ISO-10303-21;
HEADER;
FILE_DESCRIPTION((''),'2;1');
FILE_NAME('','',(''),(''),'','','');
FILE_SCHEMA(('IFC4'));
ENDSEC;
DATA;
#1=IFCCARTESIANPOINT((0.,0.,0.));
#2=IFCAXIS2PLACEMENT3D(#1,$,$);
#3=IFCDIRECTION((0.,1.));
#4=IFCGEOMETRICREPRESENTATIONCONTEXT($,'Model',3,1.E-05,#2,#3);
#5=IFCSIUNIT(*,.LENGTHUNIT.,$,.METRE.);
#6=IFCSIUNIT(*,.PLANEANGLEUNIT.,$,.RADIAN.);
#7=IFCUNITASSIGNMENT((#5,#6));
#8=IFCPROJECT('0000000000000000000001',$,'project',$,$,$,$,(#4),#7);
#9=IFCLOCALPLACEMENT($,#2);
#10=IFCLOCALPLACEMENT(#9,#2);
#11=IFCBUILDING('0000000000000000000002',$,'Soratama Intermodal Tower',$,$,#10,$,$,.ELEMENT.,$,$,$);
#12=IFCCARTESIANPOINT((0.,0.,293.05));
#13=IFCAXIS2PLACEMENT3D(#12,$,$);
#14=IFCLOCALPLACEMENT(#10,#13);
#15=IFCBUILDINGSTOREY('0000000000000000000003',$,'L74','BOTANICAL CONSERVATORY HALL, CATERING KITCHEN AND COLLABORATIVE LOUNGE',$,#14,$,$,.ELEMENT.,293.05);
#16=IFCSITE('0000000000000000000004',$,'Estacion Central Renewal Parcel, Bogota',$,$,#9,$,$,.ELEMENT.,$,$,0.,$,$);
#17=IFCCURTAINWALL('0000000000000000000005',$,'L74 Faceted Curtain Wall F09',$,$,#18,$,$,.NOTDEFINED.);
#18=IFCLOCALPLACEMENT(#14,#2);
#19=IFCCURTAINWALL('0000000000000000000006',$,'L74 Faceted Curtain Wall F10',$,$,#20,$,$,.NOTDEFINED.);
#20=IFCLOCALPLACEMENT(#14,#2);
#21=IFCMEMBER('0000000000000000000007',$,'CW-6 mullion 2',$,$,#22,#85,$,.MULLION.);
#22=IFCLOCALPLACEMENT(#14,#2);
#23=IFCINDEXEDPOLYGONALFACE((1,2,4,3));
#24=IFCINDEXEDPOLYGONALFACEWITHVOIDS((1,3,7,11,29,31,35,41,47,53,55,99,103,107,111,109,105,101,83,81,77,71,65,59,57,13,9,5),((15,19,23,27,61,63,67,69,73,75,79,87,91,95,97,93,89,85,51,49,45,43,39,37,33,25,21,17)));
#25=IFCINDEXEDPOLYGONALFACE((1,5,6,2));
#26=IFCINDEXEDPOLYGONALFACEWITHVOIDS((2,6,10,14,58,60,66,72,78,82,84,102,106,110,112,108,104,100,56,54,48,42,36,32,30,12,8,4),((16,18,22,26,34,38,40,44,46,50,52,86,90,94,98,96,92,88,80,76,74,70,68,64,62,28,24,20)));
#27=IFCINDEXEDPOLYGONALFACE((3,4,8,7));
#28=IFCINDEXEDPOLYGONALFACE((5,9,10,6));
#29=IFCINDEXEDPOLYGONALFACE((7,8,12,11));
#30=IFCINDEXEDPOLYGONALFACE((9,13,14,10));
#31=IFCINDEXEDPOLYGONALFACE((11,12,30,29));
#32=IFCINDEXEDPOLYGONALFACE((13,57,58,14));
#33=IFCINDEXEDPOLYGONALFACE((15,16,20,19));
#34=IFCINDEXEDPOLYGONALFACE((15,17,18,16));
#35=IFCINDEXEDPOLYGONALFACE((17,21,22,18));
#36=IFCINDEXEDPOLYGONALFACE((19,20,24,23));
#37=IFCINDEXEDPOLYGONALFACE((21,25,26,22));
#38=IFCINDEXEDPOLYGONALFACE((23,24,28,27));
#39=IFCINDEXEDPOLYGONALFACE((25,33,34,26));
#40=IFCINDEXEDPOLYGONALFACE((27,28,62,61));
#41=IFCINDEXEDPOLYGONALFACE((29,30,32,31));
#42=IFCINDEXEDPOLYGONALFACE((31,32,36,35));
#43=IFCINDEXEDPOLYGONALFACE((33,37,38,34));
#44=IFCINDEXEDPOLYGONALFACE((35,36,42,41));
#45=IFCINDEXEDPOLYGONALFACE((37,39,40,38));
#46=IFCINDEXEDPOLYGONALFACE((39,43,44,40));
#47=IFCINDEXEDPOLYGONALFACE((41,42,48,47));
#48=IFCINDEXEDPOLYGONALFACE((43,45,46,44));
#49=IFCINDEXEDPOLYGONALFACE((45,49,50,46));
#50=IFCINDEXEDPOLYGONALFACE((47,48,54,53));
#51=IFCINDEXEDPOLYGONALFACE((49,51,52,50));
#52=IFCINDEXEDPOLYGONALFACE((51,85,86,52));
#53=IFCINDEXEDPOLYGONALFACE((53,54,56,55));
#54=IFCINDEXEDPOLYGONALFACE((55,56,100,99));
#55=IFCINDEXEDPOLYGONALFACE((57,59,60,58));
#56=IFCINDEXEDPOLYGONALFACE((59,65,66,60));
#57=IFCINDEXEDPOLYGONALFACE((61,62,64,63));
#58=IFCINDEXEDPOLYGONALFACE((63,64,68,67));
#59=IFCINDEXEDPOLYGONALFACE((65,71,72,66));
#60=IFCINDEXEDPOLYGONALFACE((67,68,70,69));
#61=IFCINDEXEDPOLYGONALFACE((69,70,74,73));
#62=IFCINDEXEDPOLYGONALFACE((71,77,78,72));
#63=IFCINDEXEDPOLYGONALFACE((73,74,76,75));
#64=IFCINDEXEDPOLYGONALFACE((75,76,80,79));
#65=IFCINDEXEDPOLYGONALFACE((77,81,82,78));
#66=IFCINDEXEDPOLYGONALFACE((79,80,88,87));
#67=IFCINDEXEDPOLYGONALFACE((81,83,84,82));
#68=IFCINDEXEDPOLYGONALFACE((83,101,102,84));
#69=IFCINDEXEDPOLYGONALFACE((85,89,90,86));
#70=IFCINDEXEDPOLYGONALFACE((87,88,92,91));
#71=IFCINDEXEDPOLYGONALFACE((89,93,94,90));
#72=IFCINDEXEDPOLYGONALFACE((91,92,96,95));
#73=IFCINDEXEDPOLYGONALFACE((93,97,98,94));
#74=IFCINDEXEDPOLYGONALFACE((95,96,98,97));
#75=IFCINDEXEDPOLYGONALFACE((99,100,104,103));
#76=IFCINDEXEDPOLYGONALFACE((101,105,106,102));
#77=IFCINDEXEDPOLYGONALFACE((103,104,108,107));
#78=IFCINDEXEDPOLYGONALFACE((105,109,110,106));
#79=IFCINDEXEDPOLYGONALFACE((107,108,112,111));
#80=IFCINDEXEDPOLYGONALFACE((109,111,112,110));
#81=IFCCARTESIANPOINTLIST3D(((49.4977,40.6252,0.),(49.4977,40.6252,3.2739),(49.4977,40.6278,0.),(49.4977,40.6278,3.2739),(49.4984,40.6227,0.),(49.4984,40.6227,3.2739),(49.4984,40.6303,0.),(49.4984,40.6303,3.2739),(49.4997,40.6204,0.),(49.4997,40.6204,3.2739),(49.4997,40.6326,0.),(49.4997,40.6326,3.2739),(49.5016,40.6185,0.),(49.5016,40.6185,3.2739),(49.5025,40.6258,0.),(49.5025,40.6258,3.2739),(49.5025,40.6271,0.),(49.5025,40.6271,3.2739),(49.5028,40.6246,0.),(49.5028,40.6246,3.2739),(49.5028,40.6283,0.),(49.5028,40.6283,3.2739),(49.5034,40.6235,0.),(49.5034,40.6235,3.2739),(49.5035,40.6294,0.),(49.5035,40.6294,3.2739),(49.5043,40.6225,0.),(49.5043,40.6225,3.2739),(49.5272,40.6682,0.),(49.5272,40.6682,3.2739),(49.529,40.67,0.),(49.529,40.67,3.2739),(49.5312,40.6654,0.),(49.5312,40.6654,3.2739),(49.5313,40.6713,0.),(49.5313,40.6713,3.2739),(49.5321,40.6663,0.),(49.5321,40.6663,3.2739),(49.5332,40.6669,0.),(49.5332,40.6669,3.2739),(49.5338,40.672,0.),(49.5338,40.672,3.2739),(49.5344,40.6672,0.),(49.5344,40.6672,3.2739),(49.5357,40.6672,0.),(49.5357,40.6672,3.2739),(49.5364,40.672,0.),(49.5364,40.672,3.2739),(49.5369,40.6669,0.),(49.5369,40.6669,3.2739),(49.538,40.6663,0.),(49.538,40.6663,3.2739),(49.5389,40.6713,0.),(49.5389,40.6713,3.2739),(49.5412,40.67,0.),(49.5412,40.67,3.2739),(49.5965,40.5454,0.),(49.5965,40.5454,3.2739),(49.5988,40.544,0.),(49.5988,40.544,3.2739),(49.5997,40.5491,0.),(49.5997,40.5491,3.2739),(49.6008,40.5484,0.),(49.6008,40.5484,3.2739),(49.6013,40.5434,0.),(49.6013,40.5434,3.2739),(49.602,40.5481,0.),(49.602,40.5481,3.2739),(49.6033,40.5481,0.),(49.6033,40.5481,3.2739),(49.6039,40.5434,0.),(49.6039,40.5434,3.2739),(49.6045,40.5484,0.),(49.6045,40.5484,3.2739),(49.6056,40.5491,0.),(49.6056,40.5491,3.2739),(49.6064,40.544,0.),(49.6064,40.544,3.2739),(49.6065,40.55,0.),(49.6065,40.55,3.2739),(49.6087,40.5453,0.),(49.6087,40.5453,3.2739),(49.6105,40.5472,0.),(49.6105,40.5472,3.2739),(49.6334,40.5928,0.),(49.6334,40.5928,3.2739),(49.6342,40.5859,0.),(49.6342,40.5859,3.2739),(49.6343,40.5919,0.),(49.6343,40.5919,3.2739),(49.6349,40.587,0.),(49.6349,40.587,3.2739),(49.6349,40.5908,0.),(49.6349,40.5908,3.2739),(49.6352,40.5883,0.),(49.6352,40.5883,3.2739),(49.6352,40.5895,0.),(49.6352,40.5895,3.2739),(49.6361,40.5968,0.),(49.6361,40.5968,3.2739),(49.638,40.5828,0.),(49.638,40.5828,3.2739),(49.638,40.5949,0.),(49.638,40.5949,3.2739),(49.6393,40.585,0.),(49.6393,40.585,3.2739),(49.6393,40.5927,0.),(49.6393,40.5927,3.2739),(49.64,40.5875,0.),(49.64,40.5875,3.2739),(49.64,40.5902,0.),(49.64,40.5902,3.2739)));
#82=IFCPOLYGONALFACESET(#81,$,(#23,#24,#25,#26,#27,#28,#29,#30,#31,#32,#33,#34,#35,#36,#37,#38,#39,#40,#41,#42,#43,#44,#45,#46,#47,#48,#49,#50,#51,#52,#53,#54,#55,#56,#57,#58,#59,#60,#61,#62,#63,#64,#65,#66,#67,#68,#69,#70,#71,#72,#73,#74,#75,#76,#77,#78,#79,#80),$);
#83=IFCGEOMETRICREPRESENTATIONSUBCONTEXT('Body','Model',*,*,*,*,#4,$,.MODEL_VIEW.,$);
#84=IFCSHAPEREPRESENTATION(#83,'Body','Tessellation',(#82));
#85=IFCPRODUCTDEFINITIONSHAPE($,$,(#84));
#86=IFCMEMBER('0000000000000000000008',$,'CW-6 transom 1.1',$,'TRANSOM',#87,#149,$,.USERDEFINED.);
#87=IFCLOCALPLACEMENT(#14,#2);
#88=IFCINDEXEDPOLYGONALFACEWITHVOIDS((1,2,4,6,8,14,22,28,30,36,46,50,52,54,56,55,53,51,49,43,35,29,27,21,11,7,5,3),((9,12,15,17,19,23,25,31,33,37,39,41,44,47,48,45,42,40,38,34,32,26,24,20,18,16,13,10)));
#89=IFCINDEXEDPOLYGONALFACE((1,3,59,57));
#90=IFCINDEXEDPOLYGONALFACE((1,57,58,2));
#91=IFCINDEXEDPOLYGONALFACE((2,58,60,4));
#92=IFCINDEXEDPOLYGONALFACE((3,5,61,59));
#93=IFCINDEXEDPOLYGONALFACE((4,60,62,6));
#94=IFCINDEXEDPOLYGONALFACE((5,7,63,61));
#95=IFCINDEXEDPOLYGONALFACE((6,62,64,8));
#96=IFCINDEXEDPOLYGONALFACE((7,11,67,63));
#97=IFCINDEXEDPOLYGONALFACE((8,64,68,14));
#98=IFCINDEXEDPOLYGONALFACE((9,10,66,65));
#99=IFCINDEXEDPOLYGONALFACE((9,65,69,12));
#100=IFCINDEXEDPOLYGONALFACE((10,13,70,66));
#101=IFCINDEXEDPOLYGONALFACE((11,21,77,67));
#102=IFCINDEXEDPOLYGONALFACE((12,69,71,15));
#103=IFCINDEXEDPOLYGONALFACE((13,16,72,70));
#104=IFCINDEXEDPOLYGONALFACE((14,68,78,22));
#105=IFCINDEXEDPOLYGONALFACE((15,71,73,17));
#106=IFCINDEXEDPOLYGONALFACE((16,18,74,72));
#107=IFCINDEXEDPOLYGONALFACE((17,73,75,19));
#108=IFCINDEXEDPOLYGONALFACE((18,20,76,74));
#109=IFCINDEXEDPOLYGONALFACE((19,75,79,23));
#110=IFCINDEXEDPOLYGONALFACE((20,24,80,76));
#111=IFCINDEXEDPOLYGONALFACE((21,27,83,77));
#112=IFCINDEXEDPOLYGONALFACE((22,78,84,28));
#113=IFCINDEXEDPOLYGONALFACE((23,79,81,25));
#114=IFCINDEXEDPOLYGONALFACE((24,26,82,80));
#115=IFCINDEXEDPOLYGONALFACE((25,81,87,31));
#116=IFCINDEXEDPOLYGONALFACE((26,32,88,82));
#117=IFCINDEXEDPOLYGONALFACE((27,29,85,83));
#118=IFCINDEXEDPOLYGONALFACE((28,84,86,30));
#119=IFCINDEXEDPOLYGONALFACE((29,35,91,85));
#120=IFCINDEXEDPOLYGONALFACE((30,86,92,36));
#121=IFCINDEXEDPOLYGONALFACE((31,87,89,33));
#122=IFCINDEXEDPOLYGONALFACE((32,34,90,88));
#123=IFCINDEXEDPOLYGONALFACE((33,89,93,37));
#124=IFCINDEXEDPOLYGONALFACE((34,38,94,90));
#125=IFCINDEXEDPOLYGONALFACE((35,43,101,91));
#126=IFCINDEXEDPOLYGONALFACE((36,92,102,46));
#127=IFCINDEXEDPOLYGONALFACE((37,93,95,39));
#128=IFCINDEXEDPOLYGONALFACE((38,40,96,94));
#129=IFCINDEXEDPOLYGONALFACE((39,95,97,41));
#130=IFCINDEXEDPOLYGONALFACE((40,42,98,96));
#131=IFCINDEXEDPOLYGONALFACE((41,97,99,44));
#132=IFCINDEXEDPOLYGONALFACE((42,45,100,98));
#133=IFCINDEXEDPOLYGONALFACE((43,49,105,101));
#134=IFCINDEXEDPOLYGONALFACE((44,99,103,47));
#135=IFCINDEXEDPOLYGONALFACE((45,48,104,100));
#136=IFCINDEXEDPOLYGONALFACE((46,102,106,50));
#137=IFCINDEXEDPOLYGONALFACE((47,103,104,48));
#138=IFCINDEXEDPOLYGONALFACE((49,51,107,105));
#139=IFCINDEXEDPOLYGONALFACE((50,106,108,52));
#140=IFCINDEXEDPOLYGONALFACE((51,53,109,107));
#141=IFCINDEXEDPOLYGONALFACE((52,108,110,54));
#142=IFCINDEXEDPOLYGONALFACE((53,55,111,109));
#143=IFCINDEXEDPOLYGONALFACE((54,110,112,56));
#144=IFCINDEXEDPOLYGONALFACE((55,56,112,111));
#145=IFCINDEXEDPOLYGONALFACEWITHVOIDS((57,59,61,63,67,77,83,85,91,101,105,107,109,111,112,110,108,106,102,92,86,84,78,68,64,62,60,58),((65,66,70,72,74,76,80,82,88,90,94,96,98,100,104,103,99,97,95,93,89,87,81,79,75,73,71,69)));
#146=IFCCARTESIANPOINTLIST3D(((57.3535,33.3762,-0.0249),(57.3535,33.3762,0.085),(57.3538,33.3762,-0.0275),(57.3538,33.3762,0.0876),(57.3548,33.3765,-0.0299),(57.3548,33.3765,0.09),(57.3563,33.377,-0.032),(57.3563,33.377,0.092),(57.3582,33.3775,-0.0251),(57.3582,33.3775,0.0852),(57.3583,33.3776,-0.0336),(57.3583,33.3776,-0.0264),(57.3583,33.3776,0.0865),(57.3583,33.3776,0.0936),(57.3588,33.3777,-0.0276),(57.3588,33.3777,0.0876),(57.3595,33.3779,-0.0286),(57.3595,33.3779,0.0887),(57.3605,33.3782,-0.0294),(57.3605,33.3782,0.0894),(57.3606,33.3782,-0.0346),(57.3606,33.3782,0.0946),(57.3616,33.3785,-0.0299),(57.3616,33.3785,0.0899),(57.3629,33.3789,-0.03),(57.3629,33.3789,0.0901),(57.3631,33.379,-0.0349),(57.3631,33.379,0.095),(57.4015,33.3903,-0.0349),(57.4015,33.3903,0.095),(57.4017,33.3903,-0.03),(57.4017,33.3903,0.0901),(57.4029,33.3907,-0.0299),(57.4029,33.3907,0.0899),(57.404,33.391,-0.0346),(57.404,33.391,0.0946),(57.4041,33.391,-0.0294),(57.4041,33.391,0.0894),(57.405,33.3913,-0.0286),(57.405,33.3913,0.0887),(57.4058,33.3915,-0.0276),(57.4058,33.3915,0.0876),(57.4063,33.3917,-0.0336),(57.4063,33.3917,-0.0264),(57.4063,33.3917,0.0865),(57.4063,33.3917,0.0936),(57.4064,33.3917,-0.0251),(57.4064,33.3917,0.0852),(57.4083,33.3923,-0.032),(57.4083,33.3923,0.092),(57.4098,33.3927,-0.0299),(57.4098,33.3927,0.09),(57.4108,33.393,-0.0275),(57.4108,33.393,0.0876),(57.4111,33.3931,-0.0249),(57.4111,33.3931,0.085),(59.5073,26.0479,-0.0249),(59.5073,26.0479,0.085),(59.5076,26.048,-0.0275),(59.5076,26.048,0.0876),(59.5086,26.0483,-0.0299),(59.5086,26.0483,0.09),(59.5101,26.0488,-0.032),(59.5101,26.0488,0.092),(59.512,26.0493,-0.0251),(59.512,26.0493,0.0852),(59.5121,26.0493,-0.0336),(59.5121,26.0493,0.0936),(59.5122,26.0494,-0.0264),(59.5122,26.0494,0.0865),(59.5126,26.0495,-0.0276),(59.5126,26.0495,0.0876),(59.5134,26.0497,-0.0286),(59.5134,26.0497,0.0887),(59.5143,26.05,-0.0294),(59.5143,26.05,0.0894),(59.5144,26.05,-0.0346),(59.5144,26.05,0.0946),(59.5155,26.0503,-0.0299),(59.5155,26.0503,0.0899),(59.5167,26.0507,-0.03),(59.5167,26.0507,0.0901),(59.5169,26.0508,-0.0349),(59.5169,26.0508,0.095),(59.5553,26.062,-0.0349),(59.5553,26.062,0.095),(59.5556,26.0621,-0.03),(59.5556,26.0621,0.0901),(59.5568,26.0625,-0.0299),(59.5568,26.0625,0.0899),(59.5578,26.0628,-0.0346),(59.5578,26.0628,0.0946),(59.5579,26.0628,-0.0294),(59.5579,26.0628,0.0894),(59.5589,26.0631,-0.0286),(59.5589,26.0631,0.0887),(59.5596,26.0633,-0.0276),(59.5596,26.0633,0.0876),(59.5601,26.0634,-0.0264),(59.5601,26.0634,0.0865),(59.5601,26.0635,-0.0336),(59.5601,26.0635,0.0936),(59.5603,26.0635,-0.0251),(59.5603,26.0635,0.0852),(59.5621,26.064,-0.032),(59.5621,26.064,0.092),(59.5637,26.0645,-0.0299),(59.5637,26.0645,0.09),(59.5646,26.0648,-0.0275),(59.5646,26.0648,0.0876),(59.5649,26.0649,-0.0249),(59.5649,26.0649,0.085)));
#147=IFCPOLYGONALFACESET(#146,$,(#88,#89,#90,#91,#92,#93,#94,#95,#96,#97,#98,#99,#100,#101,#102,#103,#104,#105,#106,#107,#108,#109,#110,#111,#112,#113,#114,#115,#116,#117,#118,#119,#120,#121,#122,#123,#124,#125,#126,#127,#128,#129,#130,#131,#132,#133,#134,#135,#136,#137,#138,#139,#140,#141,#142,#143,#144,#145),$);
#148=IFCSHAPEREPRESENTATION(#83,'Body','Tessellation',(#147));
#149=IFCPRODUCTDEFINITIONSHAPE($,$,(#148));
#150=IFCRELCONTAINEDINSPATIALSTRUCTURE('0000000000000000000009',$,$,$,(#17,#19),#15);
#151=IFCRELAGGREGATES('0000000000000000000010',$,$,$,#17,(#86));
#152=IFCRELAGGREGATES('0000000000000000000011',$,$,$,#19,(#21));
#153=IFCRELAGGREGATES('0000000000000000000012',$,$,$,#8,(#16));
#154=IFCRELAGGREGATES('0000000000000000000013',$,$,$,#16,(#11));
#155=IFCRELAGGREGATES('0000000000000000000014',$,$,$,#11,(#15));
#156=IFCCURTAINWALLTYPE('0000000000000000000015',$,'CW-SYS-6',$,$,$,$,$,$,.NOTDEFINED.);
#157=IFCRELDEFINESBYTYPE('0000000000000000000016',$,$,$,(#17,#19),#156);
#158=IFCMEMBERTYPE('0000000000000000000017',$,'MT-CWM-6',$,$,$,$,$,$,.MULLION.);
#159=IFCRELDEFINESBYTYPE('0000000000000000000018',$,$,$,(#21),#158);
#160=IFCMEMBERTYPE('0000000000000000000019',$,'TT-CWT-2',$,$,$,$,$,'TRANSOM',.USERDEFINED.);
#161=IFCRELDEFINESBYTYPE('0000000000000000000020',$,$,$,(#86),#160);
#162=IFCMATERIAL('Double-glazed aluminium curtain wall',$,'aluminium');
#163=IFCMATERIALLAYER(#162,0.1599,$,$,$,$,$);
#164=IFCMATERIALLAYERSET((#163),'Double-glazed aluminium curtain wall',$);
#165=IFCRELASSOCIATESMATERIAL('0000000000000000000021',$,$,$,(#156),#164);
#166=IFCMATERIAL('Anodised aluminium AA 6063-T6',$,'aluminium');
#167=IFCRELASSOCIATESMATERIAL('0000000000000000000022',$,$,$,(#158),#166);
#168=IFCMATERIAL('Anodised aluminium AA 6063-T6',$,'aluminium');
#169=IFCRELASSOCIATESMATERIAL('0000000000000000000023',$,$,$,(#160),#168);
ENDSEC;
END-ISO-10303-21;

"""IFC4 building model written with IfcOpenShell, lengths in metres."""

from ifc_helpers import new_model, si_unit, direction, frame, origin, origin_2d, place, context, subcontext, project, spatial, hollow_rectangle, extrude, material, layer, layer_set, material_profile, profile_set, type_object, element, aggregate, save


model = new_model("IFC4")

# Units and contexts
model_context = context("Model", 3, precision=1e-05, world=origin(), true_north=direction((0.0, 1.0)))
body_context = subcontext(model_context, "Body", "Model", "MODEL_VIEW")
ifc_project = project(units=[si_unit("LENGTHUNIT", "METRE"), si_unit("PLANEANGLEUNIT", "RADIAN")], contexts=[model_context])

# Site, building, storey
site_placement = place(None, origin())
site = spatial("IfcSite", under=ifc_project, at=site_placement, Name="Estacion Central Renewal Parcel, Bogota", CompositionType="ELEMENT", RefElevation=0.0)
building_placement = place(site_placement, origin())
building = spatial("IfcBuilding", under=site, at=building_placement, Name="Soratama Intermodal Tower", CompositionType="ELEMENT")
storey_placement = place(building_placement, frame((0.0, 0.0, 293.05)))
storey = spatial("IfcBuildingStorey", under=building, at=storey_placement, Name="L74", Description="BOTANICAL CONSERVATORY HALL, CATERING KITCHEN AND COLLABORATIVE LOUNGE", CompositionType="ELEMENT", Elevation=293.05)

# Shared definitions
ifc_material_1 = material(Name="Double-glazed aluminium curtain wall", Category="aluminium")
ifc_layer_1 = layer(ifc_material_1, 0.1599)
ifc_layer_set_1 = layer_set([ifc_layer_1], Name="Double-glazed aluminium curtain wall")
curtain_wall_type = type_object("IfcCurtainWallType", Name="CW-SYS-6", PredefinedType="NOTDEFINED", material=ifc_layer_set_1)
ifc_material_2 = material(Name="Anodised aluminium AA 6063-T6", Category="aluminium")
ifc_material_profile_1 = material_profile(ifc_material_2, hollow_rectangle(XDim=0.0649, YDim=0.1399, WallThickness=0.0049, InnerFilletRadius=0.0049, OuterFilletRadius=0.01, at=origin_2d()), Name="CWM140X65X5")
ifc_profile_set_1 = profile_set([ifc_material_profile_1], Name="Anodised aluminium AA 6063-T6")
member_type_1 = type_object("IfcMemberType", Name="MT-CWM-6", PredefinedType="MULLION", material=ifc_profile_set_1)

# Curtain walls, member
curtain_wall_1_placement = place(storey_placement, origin())
curtain_wall_1 = element("IfcCurtainWall", 1, at=curtain_wall_1_placement, inside=storey, type_object=curtain_wall_type, Name="L74 Faceted Curtain Wall F09", PredefinedType="NOTDEFINED")
curtain_wall_2_placement = place(storey_placement, origin())
curtain_wall_2 = element("IfcCurtainWall", 2, at=curtain_wall_2_placement, inside=storey, type_object=curtain_wall_type, Name="L74 Faceted Curtain Wall F10", PredefinedType="NOTDEFINED")
member_1_placement = place(storey_placement, frame((49.5688, 40.6077, 0.0), z_axis=(0.0, 0.0, 1.0), x_axis=(-0.610421, -0.792077, 0.0)))
member_1 = element("IfcMember", 3, at=member_1_placement, type_object=member_type_1, Name="CW-6 mullion 2", PredefinedType="MULLION", context=body_context, shape_type="SweptSolid", body=[
    extrude(hollow_rectangle(XDim=0.0649, YDim=0.1399, WallThickness=0.0049, InnerFilletRadius=0.0049, OuterFilletRadius=0.01, at=origin_2d()), origin(), (0.0, 0.0, 1.0), 3.2739),
])

# Member
ifc_material_3 = material(Name="Anodised aluminium AA 6063-T6", Category="aluminium")
ifc_material_profile_2 = material_profile(ifc_material_3, hollow_rectangle(XDim=0.0601, YDim=0.1299, WallThickness=0.0049, InnerFilletRadius=0.0049, OuterFilletRadius=0.01, at=origin_2d()), Name="CWT130X60X5")
ifc_profile_set_2 = profile_set([ifc_material_profile_2], Name="Anodised aluminium AA 6063-T6")
member_type_2 = type_object("IfcMemberType", Name="TT-CWT-2", ElementType="TRANSOM", PredefinedType="USERDEFINED", material=ifc_profile_set_2)
member_2_placement = place(storey_placement, frame((59.5361, 26.0564, 0.03), z_axis=(-0.281983, 0.959419, 0.0), x_axis=(-0.959419, -0.281983, 0.0)))
member_2 = element("IfcMember", 4, at=member_2_placement, type_object=member_type_2, Name="CW-6 transom 1.1", ObjectType="TRANSOM", PredefinedType="USERDEFINED", context=body_context, shape_type="SweptSolid", body=[
    extrude(hollow_rectangle(XDim=0.0601, YDim=0.1299, WallThickness=0.0049, InnerFilletRadius=0.0049, OuterFilletRadius=0.01, at=origin_2d()), origin(), (0.0, 0.0, 1.0), 7.6382),
])

aggregate(curtain_wall_1, [member_2])
aggregate(curtain_wall_2, [member_1])

save(model, "model.ifc")
